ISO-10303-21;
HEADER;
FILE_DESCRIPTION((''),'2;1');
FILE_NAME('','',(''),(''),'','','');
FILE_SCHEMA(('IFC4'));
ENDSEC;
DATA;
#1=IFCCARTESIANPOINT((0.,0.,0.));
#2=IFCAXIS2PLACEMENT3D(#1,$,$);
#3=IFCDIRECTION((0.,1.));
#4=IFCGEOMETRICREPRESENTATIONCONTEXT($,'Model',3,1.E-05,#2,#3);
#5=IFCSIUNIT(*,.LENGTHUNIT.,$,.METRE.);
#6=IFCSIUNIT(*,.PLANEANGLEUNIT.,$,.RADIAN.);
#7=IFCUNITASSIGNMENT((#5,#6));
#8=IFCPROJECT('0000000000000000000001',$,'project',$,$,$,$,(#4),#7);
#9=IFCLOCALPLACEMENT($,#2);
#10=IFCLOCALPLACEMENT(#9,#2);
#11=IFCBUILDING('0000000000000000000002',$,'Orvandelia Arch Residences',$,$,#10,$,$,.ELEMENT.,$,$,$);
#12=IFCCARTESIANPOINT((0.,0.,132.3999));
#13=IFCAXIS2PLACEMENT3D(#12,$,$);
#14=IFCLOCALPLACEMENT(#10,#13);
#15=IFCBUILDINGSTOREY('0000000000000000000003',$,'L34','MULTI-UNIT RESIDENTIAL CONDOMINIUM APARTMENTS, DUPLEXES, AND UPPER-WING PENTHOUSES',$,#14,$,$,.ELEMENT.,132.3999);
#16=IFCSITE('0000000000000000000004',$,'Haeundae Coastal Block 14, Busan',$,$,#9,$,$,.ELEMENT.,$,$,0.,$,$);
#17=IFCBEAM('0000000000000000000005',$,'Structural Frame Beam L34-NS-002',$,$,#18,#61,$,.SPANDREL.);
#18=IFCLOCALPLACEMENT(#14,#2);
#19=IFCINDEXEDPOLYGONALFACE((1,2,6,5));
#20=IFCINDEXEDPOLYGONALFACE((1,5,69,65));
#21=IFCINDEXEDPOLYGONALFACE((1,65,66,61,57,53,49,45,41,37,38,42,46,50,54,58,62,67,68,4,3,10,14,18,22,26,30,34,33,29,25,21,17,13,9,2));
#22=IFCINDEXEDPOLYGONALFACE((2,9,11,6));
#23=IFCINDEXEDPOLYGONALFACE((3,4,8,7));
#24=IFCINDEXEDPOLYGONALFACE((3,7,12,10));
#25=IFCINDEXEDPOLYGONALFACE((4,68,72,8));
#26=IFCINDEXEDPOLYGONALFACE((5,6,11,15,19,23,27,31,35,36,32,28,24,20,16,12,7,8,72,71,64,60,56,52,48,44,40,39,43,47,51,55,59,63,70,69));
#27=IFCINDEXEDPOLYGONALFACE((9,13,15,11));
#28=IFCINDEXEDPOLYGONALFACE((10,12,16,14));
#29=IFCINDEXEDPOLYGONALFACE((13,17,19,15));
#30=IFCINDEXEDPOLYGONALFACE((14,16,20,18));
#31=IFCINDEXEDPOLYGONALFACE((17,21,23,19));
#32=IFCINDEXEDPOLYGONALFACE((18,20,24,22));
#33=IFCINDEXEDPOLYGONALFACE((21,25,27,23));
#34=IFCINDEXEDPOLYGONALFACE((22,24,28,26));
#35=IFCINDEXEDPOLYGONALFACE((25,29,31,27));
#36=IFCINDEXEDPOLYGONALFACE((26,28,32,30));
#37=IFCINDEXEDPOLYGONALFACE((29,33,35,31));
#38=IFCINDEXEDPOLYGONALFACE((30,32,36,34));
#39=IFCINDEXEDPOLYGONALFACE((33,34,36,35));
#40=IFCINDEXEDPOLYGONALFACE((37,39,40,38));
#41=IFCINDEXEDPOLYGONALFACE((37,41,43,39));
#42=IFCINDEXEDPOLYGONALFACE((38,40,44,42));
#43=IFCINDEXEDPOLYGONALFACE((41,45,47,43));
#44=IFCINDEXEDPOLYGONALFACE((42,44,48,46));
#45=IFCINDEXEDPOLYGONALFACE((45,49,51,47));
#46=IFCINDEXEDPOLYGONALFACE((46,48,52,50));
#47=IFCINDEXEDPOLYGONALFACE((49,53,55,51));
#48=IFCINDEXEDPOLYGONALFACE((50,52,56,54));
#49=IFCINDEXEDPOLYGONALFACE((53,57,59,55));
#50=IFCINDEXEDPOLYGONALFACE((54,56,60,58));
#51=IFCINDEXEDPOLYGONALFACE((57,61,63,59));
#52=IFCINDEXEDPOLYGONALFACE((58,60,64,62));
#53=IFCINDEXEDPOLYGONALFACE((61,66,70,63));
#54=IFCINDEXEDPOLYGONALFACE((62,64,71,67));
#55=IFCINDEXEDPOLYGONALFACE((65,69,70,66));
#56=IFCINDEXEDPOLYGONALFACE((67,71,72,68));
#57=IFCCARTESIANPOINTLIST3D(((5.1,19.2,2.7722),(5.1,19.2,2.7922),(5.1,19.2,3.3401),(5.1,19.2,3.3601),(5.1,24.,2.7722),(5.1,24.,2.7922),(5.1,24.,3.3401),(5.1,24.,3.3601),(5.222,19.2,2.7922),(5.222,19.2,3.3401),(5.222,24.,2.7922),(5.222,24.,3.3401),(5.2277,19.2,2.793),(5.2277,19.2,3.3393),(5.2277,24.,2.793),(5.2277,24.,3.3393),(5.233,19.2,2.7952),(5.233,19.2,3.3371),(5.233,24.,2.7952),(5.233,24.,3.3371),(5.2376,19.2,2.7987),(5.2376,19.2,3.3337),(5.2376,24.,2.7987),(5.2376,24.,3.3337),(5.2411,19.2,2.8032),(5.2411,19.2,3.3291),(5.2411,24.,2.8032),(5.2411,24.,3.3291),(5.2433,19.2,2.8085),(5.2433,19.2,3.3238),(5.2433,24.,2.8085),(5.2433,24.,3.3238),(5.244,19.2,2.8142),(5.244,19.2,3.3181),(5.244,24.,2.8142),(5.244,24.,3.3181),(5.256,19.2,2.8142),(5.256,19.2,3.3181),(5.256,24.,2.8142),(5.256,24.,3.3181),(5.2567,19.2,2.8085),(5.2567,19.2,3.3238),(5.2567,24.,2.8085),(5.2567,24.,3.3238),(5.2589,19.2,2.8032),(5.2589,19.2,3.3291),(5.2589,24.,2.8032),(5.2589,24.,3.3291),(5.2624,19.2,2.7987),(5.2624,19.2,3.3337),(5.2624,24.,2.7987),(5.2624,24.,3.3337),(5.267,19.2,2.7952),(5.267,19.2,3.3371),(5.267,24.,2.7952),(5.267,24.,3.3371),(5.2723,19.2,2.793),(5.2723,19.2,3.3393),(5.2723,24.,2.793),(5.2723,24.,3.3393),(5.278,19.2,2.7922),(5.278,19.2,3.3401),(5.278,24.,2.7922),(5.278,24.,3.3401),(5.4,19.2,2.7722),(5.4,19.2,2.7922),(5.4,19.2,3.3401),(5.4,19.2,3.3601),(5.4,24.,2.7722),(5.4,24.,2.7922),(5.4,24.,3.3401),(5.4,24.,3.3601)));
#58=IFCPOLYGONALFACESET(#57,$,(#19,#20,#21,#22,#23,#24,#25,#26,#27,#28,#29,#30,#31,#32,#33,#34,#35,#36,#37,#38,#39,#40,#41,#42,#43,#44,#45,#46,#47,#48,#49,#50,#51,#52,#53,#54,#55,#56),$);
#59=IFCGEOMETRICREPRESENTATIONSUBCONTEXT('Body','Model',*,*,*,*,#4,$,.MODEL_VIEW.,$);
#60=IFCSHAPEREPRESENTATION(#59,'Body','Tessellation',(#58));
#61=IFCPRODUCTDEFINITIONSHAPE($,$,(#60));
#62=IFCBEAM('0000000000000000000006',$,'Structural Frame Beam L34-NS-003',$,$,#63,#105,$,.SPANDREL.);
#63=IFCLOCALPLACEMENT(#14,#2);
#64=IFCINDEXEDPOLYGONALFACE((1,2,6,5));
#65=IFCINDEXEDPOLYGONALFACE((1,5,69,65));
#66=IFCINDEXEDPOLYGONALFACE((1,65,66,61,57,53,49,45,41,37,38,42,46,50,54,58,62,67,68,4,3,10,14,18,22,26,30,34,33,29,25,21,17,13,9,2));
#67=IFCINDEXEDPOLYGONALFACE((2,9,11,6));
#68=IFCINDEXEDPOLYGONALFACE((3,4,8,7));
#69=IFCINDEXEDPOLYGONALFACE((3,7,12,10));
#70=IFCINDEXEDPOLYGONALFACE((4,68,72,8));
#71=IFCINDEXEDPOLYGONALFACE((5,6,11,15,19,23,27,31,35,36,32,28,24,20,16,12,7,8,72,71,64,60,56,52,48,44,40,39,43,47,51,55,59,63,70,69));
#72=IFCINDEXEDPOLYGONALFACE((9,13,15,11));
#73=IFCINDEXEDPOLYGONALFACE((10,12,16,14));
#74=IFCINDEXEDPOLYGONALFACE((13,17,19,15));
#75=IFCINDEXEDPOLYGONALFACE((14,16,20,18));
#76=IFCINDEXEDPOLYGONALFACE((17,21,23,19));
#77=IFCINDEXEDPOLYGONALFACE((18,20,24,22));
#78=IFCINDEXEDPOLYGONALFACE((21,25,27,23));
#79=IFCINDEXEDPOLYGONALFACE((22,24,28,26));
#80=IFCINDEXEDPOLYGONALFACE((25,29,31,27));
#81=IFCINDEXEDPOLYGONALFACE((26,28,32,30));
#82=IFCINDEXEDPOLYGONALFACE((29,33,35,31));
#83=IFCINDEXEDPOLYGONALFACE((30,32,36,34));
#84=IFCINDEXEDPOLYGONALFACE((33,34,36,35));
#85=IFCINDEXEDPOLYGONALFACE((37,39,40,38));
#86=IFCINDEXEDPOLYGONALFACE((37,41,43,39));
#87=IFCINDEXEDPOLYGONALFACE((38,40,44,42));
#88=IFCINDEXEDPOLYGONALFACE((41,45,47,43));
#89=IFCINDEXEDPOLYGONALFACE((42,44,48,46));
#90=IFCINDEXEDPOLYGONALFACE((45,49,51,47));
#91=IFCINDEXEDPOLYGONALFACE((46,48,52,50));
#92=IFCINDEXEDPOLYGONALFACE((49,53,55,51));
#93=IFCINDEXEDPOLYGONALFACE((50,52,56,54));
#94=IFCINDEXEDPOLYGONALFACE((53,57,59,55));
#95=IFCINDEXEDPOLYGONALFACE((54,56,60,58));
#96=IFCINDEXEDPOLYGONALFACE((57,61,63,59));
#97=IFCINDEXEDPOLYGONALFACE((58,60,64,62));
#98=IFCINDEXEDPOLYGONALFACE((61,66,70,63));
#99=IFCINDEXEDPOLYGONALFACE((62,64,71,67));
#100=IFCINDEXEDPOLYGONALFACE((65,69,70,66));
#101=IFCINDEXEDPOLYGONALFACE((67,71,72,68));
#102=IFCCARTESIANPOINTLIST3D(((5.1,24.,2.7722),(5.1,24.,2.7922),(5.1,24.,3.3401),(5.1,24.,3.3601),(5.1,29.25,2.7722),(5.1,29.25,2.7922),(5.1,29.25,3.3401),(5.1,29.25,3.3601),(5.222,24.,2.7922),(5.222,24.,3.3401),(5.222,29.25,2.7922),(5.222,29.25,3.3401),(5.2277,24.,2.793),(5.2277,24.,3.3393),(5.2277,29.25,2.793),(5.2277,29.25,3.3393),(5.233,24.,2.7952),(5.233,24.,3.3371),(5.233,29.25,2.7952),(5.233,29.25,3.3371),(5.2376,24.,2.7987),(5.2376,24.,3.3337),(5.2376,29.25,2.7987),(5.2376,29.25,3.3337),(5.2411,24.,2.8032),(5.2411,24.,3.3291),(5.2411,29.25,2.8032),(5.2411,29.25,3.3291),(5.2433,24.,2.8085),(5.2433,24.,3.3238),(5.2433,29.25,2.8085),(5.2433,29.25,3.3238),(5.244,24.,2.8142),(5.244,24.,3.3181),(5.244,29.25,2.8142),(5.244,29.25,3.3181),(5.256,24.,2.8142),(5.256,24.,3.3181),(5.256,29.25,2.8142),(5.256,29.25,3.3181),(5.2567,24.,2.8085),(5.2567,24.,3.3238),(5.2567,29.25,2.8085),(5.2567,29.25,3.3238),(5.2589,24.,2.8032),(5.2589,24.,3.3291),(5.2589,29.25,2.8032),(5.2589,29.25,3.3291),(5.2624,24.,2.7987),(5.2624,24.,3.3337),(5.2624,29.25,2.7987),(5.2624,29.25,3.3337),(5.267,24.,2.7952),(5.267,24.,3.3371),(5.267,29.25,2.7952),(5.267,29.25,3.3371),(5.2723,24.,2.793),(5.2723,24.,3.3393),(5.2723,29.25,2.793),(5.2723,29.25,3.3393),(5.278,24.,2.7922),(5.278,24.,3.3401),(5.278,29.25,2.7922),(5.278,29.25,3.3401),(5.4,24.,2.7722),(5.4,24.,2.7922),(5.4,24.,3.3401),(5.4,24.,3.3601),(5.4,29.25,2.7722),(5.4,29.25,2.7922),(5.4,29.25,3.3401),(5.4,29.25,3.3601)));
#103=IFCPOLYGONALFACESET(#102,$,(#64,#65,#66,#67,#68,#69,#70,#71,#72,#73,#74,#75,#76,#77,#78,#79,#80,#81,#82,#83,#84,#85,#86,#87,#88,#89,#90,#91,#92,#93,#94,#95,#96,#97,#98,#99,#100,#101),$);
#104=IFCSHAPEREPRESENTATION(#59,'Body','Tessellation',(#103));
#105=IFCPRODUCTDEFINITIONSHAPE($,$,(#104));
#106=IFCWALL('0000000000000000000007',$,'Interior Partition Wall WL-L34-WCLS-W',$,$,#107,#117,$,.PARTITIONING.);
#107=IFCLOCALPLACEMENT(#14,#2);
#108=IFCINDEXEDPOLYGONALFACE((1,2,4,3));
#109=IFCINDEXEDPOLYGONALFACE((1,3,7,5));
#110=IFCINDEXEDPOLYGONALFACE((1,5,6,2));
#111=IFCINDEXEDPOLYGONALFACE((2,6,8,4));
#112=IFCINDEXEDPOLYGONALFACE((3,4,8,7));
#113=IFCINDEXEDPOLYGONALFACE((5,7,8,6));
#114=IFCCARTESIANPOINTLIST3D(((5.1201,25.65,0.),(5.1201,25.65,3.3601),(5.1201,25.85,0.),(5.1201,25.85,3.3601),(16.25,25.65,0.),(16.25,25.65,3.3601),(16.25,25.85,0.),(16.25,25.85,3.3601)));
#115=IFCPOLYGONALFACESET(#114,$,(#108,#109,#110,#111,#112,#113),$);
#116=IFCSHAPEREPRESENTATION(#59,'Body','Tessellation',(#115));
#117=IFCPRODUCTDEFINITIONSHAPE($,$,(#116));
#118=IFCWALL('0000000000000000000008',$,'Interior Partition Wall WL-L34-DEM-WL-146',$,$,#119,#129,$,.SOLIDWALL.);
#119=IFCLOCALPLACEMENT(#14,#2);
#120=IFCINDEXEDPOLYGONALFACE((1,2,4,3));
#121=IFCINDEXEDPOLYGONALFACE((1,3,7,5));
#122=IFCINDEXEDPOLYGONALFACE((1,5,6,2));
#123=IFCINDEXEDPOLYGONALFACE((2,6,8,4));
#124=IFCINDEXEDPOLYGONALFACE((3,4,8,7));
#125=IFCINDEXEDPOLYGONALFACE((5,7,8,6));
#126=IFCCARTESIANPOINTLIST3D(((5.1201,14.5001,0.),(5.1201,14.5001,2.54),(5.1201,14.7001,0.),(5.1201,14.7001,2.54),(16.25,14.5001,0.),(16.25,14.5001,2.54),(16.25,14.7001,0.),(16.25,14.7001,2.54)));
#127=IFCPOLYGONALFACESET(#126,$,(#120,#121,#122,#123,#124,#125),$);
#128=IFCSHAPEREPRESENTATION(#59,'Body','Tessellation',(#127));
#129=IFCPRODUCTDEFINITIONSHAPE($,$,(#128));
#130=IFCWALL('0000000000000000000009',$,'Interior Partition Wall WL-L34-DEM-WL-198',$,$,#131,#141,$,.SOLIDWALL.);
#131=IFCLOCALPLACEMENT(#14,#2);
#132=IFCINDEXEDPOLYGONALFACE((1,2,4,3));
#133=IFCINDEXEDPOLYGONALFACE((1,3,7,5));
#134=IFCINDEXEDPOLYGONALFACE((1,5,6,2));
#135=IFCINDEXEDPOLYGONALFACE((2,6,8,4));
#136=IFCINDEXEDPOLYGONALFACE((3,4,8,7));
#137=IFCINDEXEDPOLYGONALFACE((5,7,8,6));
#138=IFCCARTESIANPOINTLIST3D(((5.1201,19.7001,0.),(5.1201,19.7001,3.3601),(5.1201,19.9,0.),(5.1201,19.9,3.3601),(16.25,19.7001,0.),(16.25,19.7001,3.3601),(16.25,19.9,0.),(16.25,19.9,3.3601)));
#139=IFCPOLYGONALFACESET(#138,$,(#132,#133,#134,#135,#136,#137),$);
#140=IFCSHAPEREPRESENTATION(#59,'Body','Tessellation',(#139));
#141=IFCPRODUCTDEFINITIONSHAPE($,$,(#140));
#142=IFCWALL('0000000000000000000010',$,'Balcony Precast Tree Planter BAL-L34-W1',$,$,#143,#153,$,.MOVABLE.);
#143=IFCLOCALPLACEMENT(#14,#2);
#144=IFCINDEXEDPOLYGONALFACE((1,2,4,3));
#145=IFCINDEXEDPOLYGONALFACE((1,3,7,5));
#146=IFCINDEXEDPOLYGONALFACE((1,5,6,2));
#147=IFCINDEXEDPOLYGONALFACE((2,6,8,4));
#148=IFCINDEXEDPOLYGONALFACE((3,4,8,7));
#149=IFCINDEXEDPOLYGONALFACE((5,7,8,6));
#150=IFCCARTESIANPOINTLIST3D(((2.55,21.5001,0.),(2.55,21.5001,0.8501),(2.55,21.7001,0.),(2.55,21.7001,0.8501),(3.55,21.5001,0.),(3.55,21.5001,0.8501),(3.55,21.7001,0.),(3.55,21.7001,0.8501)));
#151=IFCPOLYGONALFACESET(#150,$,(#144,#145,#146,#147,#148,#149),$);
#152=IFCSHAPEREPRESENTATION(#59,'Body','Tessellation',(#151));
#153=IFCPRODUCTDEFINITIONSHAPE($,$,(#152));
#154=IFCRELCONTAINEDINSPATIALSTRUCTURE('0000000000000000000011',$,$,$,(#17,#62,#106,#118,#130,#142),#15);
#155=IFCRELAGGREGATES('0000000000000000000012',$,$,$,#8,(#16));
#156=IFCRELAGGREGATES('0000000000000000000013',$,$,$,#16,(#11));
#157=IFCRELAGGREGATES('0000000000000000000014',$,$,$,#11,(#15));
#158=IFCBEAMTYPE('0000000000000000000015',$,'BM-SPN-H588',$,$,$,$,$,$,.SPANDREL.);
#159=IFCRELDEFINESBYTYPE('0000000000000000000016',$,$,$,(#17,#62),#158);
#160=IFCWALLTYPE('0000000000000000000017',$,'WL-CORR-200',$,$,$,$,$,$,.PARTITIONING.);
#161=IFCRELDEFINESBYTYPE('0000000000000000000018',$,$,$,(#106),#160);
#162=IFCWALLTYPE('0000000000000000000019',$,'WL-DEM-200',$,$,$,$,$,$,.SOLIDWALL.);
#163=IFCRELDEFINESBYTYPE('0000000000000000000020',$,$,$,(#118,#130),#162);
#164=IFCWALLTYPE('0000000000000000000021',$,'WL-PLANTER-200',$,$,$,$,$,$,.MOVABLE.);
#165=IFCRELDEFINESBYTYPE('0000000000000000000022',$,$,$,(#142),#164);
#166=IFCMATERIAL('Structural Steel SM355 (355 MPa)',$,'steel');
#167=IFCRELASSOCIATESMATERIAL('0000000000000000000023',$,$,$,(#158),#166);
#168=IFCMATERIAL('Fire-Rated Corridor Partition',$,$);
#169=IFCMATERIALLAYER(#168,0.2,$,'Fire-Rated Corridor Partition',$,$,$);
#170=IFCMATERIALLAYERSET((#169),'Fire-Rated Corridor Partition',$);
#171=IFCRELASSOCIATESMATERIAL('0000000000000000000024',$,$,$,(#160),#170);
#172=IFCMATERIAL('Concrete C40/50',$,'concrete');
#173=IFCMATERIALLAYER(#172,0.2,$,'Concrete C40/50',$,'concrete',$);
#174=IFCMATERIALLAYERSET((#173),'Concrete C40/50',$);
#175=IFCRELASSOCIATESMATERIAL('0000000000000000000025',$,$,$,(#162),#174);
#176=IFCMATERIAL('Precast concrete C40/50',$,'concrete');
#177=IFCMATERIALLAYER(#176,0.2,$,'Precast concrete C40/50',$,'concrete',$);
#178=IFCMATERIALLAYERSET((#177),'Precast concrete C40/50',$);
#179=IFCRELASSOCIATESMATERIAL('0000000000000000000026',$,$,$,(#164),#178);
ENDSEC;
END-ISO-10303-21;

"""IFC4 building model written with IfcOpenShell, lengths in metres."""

from ifc_helpers import new_model, si_unit, direction, frame, frame_2d, origin, origin_2d, place, context, subcontext, project, spatial, rectangle, i_section, extrude, material, layer, layer_set, material_profile, profile_set, type_object, element, save


model = new_model("IFC4")

# Units and contexts
model_context = context("Model", 3, precision=1e-05, world=origin(), true_north=direction((0.0, 1.0)))
body_context = subcontext(model_context, "Body", "Model", "MODEL_VIEW")
ifc_project = project(units=[si_unit("LENGTHUNIT", "METRE"), si_unit("PLANEANGLEUNIT", "RADIAN")], contexts=[model_context])

# Site, building, storey
site_placement = place(None, origin())
site = spatial("IfcSite", under=ifc_project, at=site_placement, Name="Haeundae Coastal Block 14, Busan", CompositionType="ELEMENT", RefElevation=0.0)
building_placement = place(site_placement, origin())
building = spatial("IfcBuilding", under=site, at=building_placement, Name="Orvandelia Arch Residences", CompositionType="ELEMENT")
storey_placement = place(building_placement, frame((0.0, 0.0, 132.3999)))
storey = spatial("IfcBuildingStorey", under=building, at=storey_placement, Name="L34", Description="MULTI-UNIT RESIDENTIAL CONDOMINIUM APARTMENTS, DUPLEXES, AND UPPER-WING PENTHOUSES", CompositionType="ELEMENT", Elevation=132.3999)

# Beams
ifc_material_1 = material(Name="Structural Steel SM355 (355 MPa)", Category="steel")
ifc_material_profile_1 = material_profile(ifc_material_1, i_section(OverallWidth=0.3, OverallDepth=0.5879, WebThickness=0.012, FlangeThickness=0.02, FilletRadius=0.022, at=origin_2d()), Name="Structural Steel SM355 (355 MPa)", Category="steel")
ifc_profile_set_1 = profile_set([ifc_material_profile_1], Name="Structural Steel SM355 (355 MPa)")
beam_type_1 = type_object("IfcBeamType", Name="BM-SPN-H588", PredefinedType="SPANDREL", material=ifc_profile_set_1)
beam_1_placement = place(storey_placement, frame((5.25, 19.2, 3.0662), z_axis=(0.0, 1.0, 0.0), x_axis=(-1.0, 0.0, 0.0)))
element("IfcBeam", 1, at=beam_1_placement, inside=storey, type_object=beam_type_1, Name="Structural Frame Beam L34-NS-002", PredefinedType="SPANDREL", context=body_context, shape_type="SweptSolid", body=[
    extrude(i_section(OverallWidth=0.3, OverallDepth=0.5879, WebThickness=0.012, FlangeThickness=0.02, FilletRadius=0.022, at=origin_2d()), origin(), (0.0, 0.0, 1.0), 4.8),
])
beam_2_placement = place(storey_placement, frame((5.25, 24.0, 3.0662), z_axis=(0.0, 1.0, 0.0), x_axis=(-1.0, 0.0, 0.0)))
element("IfcBeam", 2, at=beam_2_placement, inside=storey, type_object=beam_type_1, Name="Structural Frame Beam L34-NS-003", PredefinedType="SPANDREL", context=body_context, shape_type="SweptSolid", body=[
    extrude(i_section(OverallWidth=0.3, OverallDepth=0.5879, WebThickness=0.012, FlangeThickness=0.02, FilletRadius=0.022, at=origin_2d()), origin(), (0.0, 0.0, 1.0), 5.25),
])

# Walls
ifc_material_2 = material(Name="Fire-Rated Corridor Partition")
ifc_layer_1 = layer(ifc_material_2, 0.2, Name="Fire-Rated Corridor Partition")
ifc_layer_set_1 = layer_set([ifc_layer_1], Name="Fire-Rated Corridor Partition")
wall_type_1 = type_object("IfcWallType", Name="WL-CORR-200", PredefinedType="PARTITIONING", material=ifc_layer_set_1)
wall_1_placement = place(storey_placement, frame((5.1201, 25.75, 0.0), z_axis=(0.0, 0.0, 1.0), x_axis=(1.0, 0.0, 0.0)))
element("IfcWall", 3, at=wall_1_placement, inside=storey, type_object=wall_type_1, Name="Interior Partition Wall WL-L34-WCLS-W", PredefinedType="PARTITIONING", context=body_context, shape_type="SweptSolid", body=[
    extrude(rectangle(XDim=11.1299, YDim=0.2, at=frame_2d((5.5649, 0.0))), origin(), (0.0, 0.0, 1.0), 3.3601),
])
ifc_material_3 = material(Name="Concrete C40/50", Category="concrete")
ifc_layer_2 = layer(ifc_material_3, 0.2, Name="Concrete C40/50", Category="concrete")
ifc_layer_set_2 = layer_set([ifc_layer_2], Name="Concrete C40/50")
wall_type_2 = type_object("IfcWallType", Name="WL-DEM-200", PredefinedType="SOLIDWALL", material=ifc_layer_set_2)
wall_2_placement = place(storey_placement, frame((5.1201, 14.6001, 0.0), z_axis=(0.0, 0.0, 1.0), x_axis=(1.0, 0.0, 0.0)))
element("IfcWall", 4, at=wall_2_placement, inside=storey, type_object=wall_type_2, Name="Interior Partition Wall WL-L34-DEM-WL-146", PredefinedType="SOLIDWALL", context=body_context, shape_type="SweptSolid", body=[
    extrude(rectangle(XDim=11.1299, YDim=0.2, at=frame_2d((5.5649, 0.0))), origin(), (0.0, 0.0, 1.0), 2.54),
])
wall_3_placement = place(storey_placement, frame((5.1201, 19.8, 0.0), z_axis=(0.0, 0.0, 1.0), x_axis=(1.0, 0.0, 0.0)))
element("IfcWall", 5, at=wall_3_placement, inside=storey, type_object=wall_type_2, Name="Interior Partition Wall WL-L34-DEM-WL-198", PredefinedType="SOLIDWALL", context=body_context, shape_type="SweptSolid", body=[
    extrude(rectangle(XDim=11.1299, YDim=0.2, at=frame_2d((5.5649, 0.0))), origin(), (0.0, 0.0, 1.0), 3.3601),
])
ifc_material_4 = material(Name="Precast concrete C40/50", Category="concrete")
ifc_layer_3 = layer(ifc_material_4, 0.2, Name="Precast concrete C40/50", Category="concrete")
ifc_layer_set_3 = layer_set([ifc_layer_3], Name="Precast concrete C40/50")
wall_type_3 = type_object("IfcWallType", Name="WL-PLANTER-200", PredefinedType="MOVABLE", material=ifc_layer_set_3)
wall_4_placement = place(storey_placement, frame((2.55, 21.6001, 0.0), z_axis=(0.0, 0.0, 1.0), x_axis=(1.0, 0.0, 0.0)))
element("IfcWall", 6, at=wall_4_placement, inside=storey, type_object=wall_type_3, Name="Balcony Precast Tree Planter BAL-L34-W1", PredefinedType="MOVABLE", context=body_context, shape_type="SweptSolid", body=[
    extrude(rectangle(XDim=1.0, YDim=0.2, at=frame_2d((0.5, 0.0))), origin(), (0.0, 0.0, 1.0), 0.8501),
])

save(model, "model.ifc")
